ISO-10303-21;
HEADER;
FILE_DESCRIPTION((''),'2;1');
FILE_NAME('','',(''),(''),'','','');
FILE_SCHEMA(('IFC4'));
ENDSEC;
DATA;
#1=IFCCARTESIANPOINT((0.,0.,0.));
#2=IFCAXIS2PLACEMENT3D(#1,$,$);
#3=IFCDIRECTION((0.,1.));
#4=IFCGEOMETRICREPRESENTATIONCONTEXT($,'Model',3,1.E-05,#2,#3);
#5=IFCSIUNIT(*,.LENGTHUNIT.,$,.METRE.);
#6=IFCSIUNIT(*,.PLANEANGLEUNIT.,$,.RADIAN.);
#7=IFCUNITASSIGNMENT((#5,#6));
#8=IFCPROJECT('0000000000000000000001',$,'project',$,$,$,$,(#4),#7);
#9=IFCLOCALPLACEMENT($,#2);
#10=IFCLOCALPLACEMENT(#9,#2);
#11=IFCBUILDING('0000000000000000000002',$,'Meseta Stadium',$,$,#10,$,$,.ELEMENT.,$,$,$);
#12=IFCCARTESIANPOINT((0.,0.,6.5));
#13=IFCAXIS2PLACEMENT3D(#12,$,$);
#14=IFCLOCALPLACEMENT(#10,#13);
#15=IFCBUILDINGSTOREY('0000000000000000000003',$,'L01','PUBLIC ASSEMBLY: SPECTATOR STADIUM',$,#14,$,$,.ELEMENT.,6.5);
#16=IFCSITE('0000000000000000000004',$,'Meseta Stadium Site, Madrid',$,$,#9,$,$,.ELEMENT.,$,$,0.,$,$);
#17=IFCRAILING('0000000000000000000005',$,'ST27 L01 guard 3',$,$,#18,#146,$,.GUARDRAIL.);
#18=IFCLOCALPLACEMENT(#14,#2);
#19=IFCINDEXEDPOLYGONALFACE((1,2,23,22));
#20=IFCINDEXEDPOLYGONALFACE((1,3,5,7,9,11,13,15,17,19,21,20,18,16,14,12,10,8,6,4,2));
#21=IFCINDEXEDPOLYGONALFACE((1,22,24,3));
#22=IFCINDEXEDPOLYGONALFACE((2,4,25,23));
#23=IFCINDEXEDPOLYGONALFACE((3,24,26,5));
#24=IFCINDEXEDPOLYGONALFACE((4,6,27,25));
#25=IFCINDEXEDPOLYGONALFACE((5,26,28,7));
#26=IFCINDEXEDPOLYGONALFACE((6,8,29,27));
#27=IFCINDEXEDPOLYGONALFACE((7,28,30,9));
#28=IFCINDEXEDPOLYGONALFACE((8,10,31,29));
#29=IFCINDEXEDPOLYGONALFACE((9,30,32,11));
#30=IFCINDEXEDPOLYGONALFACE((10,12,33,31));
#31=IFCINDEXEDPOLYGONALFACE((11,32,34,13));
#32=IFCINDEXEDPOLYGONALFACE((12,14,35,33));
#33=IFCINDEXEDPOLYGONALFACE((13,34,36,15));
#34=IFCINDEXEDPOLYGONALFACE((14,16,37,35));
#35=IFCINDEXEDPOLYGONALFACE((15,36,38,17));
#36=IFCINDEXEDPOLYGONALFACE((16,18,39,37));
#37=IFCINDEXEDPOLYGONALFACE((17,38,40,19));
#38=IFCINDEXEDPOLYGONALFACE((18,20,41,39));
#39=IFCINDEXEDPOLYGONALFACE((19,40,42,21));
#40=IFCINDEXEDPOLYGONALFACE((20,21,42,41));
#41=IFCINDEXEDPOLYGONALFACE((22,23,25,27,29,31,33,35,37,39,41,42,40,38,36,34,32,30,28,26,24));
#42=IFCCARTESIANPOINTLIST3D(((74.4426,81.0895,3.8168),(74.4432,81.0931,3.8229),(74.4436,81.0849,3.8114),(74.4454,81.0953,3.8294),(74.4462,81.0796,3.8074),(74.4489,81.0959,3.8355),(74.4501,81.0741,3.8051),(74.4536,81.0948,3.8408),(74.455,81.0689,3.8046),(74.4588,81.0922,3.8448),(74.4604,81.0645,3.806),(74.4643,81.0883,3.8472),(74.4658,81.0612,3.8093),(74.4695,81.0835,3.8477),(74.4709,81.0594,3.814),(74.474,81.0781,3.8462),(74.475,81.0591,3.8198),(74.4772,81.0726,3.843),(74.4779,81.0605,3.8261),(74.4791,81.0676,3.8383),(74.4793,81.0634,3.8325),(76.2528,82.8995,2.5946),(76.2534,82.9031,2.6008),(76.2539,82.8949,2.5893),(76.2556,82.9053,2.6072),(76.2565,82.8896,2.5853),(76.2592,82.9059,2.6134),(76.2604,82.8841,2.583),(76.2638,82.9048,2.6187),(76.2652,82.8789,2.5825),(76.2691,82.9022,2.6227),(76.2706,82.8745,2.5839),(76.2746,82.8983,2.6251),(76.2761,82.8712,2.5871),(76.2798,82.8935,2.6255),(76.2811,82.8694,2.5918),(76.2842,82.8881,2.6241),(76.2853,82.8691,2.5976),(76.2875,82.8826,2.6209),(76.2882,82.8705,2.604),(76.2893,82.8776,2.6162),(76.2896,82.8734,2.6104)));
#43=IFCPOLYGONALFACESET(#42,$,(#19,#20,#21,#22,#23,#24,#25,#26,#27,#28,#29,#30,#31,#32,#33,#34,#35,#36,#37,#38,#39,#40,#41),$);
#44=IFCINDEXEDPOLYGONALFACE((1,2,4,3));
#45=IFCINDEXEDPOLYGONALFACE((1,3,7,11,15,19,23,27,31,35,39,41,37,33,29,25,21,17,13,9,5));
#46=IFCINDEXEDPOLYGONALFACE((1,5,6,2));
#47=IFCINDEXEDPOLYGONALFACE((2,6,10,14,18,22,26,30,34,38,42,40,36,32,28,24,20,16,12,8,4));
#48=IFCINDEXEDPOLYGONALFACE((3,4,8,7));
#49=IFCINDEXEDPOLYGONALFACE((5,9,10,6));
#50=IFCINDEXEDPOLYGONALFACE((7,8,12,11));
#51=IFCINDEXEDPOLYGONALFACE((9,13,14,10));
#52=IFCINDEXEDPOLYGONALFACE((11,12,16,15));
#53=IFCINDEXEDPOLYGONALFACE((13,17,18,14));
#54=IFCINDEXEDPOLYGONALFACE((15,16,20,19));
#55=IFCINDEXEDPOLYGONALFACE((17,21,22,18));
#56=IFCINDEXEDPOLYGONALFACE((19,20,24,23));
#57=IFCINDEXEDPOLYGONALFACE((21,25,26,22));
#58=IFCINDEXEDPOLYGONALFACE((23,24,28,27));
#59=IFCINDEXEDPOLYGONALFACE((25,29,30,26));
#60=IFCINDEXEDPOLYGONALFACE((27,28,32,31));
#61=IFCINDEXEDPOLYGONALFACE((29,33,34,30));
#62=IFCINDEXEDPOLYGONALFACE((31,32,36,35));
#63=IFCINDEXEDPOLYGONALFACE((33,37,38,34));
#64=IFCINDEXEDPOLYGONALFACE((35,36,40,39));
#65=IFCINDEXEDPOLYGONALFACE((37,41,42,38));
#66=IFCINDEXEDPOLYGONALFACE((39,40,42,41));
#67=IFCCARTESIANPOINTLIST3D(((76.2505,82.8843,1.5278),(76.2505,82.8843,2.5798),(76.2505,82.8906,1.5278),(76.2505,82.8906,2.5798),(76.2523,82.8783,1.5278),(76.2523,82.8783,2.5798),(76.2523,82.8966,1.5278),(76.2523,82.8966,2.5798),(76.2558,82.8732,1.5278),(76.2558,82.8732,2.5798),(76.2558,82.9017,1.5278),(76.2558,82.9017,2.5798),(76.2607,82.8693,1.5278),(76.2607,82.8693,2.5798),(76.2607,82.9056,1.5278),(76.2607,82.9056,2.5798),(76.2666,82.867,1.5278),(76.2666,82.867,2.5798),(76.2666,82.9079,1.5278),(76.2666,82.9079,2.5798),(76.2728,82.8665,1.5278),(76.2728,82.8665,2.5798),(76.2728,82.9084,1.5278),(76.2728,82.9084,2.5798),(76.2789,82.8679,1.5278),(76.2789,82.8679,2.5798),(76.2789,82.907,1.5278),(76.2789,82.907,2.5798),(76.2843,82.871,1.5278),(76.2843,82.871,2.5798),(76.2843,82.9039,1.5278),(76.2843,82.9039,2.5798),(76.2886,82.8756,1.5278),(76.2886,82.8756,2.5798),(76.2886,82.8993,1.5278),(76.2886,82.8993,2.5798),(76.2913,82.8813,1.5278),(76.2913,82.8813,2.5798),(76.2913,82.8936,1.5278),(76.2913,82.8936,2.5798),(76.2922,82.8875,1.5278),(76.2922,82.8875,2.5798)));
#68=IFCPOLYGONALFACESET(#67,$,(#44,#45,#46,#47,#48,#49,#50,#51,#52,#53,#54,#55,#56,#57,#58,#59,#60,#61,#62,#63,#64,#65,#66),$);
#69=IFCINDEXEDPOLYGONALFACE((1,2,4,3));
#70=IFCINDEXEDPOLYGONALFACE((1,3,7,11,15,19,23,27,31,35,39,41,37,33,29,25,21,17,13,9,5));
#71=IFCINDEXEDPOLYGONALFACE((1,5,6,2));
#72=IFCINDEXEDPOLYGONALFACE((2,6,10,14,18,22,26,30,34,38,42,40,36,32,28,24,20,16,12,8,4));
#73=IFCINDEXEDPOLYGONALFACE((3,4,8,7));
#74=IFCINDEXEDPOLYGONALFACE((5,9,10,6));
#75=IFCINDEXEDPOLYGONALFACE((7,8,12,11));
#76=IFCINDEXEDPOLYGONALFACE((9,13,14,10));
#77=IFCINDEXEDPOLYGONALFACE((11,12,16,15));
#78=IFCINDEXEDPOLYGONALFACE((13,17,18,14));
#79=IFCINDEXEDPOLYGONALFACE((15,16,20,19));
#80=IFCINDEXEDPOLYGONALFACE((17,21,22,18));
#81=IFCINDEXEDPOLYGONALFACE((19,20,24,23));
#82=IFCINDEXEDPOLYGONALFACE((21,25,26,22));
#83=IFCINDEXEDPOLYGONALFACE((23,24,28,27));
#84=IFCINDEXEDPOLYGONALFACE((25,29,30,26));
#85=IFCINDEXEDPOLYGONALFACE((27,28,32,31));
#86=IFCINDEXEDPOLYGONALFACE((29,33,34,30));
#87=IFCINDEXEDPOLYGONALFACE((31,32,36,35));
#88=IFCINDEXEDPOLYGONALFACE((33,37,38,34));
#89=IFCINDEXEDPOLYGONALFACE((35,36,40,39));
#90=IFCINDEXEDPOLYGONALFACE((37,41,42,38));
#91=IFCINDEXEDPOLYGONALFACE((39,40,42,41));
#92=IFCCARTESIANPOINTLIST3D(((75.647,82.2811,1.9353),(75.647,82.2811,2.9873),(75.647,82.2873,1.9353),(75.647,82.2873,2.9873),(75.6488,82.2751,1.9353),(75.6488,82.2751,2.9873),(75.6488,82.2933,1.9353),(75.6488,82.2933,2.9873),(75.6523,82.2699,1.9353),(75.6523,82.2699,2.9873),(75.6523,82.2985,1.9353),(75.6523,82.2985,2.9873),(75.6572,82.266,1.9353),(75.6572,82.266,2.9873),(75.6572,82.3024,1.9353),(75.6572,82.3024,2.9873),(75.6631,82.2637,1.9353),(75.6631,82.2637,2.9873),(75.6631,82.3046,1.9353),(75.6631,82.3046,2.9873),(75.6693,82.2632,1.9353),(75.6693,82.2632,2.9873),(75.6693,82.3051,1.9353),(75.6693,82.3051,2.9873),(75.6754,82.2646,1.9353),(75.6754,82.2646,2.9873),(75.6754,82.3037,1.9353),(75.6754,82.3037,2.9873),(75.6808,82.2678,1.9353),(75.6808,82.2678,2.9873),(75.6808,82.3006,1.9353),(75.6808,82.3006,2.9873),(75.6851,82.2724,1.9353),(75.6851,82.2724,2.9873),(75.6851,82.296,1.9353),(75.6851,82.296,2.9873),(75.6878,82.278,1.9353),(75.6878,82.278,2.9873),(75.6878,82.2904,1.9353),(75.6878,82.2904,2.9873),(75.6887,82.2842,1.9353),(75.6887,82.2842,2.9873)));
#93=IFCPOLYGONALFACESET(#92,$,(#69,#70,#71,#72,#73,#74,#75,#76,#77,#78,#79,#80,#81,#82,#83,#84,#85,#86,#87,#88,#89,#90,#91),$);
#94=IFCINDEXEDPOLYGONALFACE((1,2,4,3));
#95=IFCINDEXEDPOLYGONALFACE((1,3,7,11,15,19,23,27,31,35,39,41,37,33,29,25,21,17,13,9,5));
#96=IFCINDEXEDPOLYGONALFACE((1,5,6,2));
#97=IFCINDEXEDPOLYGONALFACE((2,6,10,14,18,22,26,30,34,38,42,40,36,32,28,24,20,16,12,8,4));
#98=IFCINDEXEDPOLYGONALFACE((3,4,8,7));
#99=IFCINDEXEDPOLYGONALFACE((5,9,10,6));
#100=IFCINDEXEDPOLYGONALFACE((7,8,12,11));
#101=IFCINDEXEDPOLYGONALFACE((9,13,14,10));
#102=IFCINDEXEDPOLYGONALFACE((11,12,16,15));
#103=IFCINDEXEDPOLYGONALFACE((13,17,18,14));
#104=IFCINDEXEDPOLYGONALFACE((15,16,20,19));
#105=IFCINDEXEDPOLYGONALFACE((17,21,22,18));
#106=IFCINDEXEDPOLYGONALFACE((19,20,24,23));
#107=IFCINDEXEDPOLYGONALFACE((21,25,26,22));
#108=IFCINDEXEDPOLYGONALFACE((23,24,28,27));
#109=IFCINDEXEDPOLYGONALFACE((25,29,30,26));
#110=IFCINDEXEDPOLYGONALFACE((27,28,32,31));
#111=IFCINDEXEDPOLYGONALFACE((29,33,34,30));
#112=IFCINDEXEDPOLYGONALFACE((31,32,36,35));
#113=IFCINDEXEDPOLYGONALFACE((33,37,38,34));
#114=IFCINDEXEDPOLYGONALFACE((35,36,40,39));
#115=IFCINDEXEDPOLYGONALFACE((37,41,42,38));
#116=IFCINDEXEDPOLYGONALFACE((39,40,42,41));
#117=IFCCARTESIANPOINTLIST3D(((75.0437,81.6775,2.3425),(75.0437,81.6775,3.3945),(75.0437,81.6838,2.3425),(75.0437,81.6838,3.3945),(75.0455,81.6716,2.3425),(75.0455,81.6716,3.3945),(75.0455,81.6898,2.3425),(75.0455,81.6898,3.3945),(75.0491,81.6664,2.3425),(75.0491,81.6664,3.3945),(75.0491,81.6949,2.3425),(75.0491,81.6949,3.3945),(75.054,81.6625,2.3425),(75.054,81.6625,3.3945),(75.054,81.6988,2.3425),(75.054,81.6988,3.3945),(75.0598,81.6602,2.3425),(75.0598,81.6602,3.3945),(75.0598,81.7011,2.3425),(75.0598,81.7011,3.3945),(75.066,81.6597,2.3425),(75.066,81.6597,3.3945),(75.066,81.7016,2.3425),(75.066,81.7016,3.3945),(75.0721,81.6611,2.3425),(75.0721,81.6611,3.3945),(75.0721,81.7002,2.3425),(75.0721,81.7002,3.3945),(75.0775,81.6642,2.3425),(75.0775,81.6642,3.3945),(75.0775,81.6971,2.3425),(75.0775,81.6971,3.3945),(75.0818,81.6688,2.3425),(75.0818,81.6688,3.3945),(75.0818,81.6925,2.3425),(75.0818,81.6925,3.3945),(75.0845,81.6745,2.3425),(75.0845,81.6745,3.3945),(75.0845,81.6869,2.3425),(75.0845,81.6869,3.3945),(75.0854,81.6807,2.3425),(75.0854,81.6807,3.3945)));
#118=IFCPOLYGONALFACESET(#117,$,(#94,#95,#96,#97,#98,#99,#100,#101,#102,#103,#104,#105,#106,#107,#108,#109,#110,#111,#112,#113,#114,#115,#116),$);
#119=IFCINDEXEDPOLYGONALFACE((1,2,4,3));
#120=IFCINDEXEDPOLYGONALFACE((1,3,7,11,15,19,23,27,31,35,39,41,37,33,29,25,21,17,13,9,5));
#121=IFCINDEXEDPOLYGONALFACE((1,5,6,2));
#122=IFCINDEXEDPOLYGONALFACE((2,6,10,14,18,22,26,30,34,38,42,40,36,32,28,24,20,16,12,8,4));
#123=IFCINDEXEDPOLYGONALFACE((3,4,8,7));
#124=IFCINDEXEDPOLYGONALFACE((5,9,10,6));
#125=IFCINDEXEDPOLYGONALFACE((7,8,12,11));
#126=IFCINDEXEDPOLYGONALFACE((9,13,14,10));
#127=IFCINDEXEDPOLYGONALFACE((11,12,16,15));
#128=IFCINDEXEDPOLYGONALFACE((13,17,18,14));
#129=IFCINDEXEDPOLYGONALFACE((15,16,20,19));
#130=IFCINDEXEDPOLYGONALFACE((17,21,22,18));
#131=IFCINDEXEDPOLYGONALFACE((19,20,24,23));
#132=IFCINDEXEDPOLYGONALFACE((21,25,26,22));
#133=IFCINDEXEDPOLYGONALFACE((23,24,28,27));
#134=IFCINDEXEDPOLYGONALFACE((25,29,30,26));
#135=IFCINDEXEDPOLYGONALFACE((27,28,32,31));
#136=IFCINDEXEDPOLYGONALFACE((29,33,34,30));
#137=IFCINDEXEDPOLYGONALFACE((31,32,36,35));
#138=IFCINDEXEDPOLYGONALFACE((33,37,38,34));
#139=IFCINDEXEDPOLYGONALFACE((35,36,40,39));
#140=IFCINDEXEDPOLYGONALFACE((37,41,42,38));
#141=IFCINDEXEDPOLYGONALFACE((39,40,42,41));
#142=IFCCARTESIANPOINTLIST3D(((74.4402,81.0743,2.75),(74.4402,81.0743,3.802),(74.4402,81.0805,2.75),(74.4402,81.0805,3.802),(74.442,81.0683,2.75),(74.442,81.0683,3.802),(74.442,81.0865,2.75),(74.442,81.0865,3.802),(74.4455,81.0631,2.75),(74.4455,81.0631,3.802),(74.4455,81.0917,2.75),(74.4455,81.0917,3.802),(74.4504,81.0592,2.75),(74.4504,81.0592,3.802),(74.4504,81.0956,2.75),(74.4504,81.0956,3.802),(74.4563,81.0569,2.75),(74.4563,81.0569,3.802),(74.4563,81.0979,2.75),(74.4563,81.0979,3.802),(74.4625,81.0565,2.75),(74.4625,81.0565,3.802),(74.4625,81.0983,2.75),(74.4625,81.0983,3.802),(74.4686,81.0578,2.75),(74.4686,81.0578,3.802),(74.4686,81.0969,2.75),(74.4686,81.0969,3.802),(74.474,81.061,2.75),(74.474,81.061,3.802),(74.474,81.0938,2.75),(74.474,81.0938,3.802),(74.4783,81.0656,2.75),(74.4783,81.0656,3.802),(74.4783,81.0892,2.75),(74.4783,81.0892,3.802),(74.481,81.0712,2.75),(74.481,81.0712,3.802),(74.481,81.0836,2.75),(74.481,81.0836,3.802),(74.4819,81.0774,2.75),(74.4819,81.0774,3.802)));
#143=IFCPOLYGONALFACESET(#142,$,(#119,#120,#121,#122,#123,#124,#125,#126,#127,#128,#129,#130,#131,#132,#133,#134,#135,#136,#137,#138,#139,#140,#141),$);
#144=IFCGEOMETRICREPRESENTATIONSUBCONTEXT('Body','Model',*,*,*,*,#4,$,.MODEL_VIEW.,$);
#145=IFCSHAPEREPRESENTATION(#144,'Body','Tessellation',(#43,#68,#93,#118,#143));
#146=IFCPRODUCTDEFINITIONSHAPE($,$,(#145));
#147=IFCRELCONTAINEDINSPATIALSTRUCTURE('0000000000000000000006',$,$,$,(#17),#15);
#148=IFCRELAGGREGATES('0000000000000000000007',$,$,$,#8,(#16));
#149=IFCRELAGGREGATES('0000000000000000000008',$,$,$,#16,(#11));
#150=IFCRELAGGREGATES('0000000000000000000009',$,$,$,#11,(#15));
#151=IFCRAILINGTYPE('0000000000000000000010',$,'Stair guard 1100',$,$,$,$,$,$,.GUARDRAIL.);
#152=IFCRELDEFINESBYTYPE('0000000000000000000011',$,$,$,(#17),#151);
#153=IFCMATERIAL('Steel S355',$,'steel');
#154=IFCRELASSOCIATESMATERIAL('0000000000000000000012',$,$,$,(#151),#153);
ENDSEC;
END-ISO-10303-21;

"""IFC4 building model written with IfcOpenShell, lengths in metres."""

from ifc_helpers import new_model, si_unit, direction, frame, origin, origin_2d, place, context, subcontext, project, spatial, circle, extrude, material, type_object, element, save


model = new_model("IFC4")

# Units and contexts
model_context = context("Model", 3, precision=1e-05, world=origin(), true_north=direction((0.0, 1.0)))
body_context = subcontext(model_context, "Body", "Model", "MODEL_VIEW")
ifc_project = project(units=[si_unit("LENGTHUNIT", "METRE"), si_unit("PLANEANGLEUNIT", "RADIAN")], contexts=[model_context])

# Site, building, storey
site_placement = place(None, origin())
site = spatial("IfcSite", under=ifc_project, at=site_placement, Name="Meseta Stadium Site, Madrid", CompositionType="ELEMENT", RefElevation=0.0)
building_placement = place(site_placement, origin())
building = spatial("IfcBuilding", under=site, at=building_placement, Name="Meseta Stadium", CompositionType="ELEMENT")
storey_placement = place(building_placement, frame((0.0, 0.0, 6.5)))
storey = spatial("IfcBuildingStorey", under=building, at=storey_placement, Name="L01", Description="PUBLIC ASSEMBLY: SPECTATOR STADIUM", CompositionType="ELEMENT", Elevation=6.5)

# Railing
ifc_material_1 = material(Name="Steel S355", Category="steel")
railing_type_1 = type_object("IfcRailingType", Name="Stair guard 1100", PredefinedType="GUARDRAIL", material=ifc_material_1)
railing_1_placement = place(storey_placement, frame((76.2712, 82.8875, 1.5278)))
element("IfcRailing", 1, at=railing_1_placement, inside=storey, type_object=railing_type_1, Name="ST27 L01 guard 3", PredefinedType="GUARDRAIL", context=body_context, shape_type="SweptSolid", body=[
    extrude(circle(Radius=0.0239, at=origin_2d()), frame((0.0, 0.0, 1.0762), z_axis=(-0.638159, -0.638073, 0.430832), x_axis=(0.707059, -0.707154, 0.0)), (0.0, 0.0, 1.0), 2.8367),
    extrude(circle(Radius=0.021, at=origin_2d()), origin(), (0.0, 0.0, 1.0), 1.052),
    extrude(circle(Radius=0.021, at=origin_2d()), frame((-0.6035, -0.6033, 0.4075)), (0.0, 0.0, 1.0), 1.052),
    extrude(circle(Radius=0.021, at=origin_2d()), frame((-1.2068, -1.2068, 0.8147)), (0.0, 0.0, 1.0), 1.052),
    extrude(circle(Radius=0.021, at=origin_2d()), frame((-1.8103, -1.8101, 1.2222)), (0.0, 0.0, 1.0), 1.052),
])

save(model, "model.ifc")
